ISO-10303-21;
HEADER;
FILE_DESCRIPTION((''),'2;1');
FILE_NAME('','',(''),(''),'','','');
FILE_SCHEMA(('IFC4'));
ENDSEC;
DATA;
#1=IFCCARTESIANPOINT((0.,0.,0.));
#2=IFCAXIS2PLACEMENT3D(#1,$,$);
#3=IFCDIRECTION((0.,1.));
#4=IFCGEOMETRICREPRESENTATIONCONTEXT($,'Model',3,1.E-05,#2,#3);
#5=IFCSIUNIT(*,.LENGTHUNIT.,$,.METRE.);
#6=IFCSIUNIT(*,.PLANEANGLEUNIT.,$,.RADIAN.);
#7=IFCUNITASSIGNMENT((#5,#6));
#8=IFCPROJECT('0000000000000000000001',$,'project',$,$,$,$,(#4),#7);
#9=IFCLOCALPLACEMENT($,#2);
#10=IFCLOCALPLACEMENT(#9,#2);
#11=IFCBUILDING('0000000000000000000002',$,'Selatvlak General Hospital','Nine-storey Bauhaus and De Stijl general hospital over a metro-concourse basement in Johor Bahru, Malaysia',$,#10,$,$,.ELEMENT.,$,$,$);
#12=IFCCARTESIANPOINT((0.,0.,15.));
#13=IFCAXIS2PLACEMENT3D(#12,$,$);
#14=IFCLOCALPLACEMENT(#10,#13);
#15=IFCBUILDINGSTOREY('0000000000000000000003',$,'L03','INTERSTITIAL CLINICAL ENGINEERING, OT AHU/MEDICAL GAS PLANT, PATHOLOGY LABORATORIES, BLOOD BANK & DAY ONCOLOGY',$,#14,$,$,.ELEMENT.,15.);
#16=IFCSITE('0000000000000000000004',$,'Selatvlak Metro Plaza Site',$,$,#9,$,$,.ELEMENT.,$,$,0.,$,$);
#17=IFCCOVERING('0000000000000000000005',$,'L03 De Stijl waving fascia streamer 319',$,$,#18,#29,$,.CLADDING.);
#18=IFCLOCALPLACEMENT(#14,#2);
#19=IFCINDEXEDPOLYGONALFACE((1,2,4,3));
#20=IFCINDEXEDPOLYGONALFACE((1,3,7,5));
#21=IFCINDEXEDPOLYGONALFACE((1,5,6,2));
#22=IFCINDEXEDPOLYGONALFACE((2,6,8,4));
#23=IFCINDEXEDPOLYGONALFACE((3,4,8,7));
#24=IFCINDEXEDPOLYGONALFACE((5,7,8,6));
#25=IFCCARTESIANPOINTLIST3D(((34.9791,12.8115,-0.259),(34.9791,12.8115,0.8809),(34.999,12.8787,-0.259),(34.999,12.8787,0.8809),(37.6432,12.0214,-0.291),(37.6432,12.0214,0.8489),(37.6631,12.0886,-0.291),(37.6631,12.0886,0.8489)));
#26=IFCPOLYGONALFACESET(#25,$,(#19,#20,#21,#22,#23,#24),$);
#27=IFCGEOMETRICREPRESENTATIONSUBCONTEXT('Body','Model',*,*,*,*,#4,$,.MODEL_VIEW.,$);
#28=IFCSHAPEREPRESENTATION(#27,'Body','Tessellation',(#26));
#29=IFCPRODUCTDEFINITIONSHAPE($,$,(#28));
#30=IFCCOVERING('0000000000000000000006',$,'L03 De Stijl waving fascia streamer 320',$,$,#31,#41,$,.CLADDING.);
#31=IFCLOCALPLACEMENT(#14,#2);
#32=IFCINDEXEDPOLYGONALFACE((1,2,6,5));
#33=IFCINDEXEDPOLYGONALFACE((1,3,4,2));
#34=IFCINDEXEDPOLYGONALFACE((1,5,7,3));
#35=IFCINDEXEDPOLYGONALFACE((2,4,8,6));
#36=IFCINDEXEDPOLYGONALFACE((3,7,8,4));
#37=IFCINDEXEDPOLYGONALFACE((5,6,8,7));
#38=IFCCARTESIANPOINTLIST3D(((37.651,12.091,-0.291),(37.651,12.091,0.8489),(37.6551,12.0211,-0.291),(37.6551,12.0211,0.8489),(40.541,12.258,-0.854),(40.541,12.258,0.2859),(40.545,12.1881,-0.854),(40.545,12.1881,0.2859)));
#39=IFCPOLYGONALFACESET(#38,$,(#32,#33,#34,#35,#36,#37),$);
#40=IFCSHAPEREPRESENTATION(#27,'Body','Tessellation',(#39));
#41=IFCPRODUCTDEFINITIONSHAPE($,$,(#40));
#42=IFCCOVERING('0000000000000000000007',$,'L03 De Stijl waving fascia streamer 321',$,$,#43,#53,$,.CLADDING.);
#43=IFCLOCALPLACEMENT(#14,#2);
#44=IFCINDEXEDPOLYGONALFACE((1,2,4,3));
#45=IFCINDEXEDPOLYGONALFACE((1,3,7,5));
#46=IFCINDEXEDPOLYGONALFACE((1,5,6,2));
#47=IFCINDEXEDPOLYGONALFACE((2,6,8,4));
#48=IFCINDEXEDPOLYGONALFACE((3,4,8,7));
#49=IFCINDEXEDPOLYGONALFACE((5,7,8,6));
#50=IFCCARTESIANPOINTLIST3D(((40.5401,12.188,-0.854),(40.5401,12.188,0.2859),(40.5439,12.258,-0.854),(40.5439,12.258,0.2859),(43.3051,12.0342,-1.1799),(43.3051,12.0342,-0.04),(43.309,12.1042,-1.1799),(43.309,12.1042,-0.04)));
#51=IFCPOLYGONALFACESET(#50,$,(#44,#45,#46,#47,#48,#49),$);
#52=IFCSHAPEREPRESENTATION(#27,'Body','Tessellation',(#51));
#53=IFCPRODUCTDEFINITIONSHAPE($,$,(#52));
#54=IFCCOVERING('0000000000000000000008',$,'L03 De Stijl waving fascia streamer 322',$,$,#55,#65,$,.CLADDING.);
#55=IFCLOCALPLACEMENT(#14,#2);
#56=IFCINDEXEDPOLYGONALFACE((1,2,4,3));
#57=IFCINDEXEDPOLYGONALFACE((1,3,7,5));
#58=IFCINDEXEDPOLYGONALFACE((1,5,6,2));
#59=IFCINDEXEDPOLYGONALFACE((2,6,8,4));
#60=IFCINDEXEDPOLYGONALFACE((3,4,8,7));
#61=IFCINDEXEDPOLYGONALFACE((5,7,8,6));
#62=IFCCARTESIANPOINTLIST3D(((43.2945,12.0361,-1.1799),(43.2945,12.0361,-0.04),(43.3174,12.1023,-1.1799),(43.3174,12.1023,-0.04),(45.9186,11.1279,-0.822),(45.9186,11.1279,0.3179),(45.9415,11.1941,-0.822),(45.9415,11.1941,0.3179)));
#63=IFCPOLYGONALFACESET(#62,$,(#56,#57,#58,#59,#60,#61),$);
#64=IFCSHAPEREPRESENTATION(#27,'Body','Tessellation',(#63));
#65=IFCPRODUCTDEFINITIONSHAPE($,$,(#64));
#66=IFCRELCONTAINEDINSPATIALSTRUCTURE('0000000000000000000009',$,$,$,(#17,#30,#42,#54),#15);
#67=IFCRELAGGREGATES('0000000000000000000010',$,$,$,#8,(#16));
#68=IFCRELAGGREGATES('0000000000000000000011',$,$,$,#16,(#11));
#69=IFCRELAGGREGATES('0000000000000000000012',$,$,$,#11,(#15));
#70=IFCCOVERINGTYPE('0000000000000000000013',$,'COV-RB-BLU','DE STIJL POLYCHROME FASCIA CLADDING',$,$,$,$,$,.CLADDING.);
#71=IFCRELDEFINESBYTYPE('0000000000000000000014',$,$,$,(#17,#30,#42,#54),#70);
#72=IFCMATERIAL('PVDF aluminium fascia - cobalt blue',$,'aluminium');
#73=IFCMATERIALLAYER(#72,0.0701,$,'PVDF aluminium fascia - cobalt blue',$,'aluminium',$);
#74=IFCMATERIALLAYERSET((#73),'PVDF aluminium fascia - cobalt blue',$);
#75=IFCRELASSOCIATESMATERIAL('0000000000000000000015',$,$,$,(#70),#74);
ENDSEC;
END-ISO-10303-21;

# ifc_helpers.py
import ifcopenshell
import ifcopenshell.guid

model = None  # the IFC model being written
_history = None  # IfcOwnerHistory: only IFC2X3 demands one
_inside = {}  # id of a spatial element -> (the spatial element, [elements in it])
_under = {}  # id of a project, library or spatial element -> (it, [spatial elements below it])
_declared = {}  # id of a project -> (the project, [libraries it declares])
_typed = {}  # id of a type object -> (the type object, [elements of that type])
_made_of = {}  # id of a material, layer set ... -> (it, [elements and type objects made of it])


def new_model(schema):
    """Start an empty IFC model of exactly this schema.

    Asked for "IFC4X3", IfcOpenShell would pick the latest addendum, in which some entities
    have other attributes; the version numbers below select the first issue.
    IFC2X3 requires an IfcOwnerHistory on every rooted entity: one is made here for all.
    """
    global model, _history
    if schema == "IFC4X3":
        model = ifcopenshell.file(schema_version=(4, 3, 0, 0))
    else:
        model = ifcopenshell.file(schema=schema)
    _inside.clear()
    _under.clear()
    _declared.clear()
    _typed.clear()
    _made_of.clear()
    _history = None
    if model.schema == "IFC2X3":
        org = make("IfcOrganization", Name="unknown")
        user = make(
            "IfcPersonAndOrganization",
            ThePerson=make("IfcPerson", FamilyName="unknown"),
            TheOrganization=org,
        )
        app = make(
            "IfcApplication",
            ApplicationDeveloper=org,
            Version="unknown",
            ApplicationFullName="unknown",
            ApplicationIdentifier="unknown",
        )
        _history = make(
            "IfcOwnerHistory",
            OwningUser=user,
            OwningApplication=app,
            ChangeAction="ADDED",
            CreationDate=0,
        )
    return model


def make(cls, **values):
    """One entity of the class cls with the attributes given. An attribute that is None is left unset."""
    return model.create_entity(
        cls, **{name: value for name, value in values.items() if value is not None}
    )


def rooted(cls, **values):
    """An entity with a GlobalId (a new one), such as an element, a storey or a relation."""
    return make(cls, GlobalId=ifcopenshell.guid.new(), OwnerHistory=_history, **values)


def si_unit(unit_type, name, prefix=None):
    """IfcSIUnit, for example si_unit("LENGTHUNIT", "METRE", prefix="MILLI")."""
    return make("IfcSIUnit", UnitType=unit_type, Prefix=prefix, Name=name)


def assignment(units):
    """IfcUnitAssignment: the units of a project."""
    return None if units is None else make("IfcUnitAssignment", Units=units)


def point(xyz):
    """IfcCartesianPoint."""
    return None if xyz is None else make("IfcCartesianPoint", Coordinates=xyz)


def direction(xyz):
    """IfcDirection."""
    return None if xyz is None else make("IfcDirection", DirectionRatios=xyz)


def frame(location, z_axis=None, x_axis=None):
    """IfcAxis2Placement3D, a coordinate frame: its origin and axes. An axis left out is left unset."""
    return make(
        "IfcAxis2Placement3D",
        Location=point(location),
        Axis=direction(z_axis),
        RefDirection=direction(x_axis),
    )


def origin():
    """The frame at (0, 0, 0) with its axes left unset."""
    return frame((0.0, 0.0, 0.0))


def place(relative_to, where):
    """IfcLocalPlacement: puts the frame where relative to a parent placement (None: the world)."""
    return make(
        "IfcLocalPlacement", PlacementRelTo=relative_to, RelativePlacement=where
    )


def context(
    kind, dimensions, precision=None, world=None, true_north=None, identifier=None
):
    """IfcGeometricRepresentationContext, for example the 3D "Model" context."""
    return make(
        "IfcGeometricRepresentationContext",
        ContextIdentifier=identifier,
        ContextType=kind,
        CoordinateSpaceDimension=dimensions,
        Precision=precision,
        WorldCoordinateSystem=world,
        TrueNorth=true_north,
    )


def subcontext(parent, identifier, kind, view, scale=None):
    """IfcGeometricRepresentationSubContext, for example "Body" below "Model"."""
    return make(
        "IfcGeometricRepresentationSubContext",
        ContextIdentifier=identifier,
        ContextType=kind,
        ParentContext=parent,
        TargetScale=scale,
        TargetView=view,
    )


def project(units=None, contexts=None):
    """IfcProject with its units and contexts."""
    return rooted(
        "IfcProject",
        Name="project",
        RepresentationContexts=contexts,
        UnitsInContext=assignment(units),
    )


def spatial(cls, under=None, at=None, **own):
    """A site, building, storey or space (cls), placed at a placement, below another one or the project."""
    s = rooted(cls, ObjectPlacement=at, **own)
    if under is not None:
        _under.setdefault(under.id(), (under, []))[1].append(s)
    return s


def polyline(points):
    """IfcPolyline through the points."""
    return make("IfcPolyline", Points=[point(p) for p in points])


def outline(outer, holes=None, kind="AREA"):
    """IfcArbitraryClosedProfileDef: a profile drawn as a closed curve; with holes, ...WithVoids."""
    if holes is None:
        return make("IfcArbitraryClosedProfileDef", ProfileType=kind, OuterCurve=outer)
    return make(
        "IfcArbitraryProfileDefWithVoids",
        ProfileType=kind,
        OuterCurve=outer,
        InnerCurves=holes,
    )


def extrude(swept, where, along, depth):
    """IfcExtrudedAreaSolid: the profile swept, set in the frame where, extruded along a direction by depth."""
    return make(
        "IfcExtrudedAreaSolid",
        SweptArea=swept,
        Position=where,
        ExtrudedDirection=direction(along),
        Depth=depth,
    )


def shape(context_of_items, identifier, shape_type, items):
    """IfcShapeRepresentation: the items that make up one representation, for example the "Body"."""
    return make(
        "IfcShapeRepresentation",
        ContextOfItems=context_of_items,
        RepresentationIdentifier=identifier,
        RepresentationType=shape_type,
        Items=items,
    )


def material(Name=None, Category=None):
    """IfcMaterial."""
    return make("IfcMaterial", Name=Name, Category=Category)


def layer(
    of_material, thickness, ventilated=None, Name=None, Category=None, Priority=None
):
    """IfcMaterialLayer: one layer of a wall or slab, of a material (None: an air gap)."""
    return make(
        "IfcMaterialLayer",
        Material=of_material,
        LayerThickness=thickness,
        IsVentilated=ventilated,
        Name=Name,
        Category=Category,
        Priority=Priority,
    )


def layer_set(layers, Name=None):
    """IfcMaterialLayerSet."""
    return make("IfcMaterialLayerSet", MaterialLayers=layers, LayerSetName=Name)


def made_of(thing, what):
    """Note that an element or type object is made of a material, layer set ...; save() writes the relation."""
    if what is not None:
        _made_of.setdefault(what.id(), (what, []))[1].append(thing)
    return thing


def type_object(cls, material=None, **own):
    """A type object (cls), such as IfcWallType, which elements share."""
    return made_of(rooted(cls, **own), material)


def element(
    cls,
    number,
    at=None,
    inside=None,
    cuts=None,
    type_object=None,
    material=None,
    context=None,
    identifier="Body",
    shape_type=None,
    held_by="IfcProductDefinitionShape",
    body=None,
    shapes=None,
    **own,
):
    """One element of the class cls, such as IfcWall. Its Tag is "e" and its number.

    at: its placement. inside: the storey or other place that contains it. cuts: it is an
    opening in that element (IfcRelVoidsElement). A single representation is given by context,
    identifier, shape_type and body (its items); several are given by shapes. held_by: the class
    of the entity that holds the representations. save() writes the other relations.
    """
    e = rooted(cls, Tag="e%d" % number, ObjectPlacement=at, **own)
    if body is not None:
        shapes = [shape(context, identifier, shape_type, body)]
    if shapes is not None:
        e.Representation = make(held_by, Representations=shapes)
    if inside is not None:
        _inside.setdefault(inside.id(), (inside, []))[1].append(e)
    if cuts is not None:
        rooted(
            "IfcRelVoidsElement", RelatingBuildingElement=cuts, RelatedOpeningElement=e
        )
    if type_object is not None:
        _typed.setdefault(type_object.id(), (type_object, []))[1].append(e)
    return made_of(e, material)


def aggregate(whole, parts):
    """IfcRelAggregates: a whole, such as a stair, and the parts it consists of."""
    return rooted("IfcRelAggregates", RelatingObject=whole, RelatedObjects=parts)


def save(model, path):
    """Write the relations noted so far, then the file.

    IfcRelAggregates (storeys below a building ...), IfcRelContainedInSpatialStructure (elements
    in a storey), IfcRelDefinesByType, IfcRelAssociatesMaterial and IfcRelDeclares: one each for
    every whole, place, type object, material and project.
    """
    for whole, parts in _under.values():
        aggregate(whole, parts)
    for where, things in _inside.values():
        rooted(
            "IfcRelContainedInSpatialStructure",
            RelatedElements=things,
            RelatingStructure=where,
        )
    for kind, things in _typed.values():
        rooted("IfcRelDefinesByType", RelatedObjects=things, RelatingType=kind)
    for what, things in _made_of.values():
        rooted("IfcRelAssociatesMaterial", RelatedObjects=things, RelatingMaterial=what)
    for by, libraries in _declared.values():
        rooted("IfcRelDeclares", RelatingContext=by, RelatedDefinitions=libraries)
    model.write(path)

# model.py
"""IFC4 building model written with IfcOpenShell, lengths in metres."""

from ifc_helpers import new_model, si_unit, direction, frame, origin, place, context, subcontext, project, spatial, polyline, outline, extrude, material, layer, layer_set, type_object, element, save


model = new_model("IFC4")

# Units and contexts
model_context = context("Model", 3, precision=1e-05, world=origin(), true_north=direction((0.0, 1.0)))
body_context = subcontext(model_context, "Body", "Model", "MODEL_VIEW")
ifc_project = project(units=[si_unit("LENGTHUNIT", "METRE"), si_unit("PLANEANGLEUNIT", "RADIAN")], contexts=[model_context])

# Site, building, storey
site_placement = place(None, origin())
site = spatial("IfcSite", under=ifc_project, at=site_placement, Name="Selatvlak Metro Plaza Site", CompositionType="ELEMENT", RefElevation=0.0)
building_placement = place(site_placement, origin())
building = spatial("IfcBuilding", under=site, at=building_placement, Name="Selatvlak General Hospital", Description="Nine-storey Bauhaus and De Stijl general hospital over a metro-concourse basement in Johor Bahru, Malaysia", CompositionType="ELEMENT")
storey_placement = place(building_placement, frame((0.0, 0.0, 15.0)))
storey = spatial("IfcBuildingStorey", under=building, at=storey_placement, Name="L03", Description="INTERSTITIAL CLINICAL ENGINEERING, OT AHU/MEDICAL GAS PLANT, PATHOLOGY LABORATORIES, BLOOD BANK & DAY ONCOLOGY", CompositionType="ELEMENT", Elevation=15.0)

# Coverings
ifc_material_1 = material(Name="PVDF aluminium fascia - cobalt blue", Category="aluminium")
ifc_layer_1 = layer(ifc_material_1, 0.0701, Name="PVDF aluminium fascia - cobalt blue", Category="aluminium")
ifc_layer_set_1 = layer_set([ifc_layer_1], Name="PVDF aluminium fascia - cobalt blue")
covering_type = type_object("IfcCoveringType", Name="COV-RB-BLU", Description="DE STIJL POLYCHROME FASCIA CLADDING", PredefinedType="CLADDING", material=ifc_layer_set_1)
covering_1_placement = place(storey_placement, frame((34.989, 12.845, -0.259), z_axis=(0.0, 0.0, 1.0), x_axis=(0.958731, -0.284316, 0.0)))
element("IfcCovering", 1, at=covering_1_placement, inside=storey, type_object=covering_type, Name="L03 De Stijl waving fascia streamer 319", PredefinedType="CLADDING", context=body_context, shape_type="SweptSolid", body=[
    extrude(outline(polyline([(0.0, 0.0), (2.7788, -0.032), (2.7788, 1.1079), (0.0, 1.1399), (0.0, 0.0)])), frame((0.0, 0.0352, 0.0), z_axis=(0.0, -1.0, 0.0), x_axis=(1.0, 0.0, 0.0)), (0.0, 0.0, 1.0), 0.0701),
])
covering_2_placement = place(storey_placement, frame((37.6531, 12.0559, -0.291), z_axis=(0.0, 0.0, 1.0), x_axis=(0.998335, 0.057689, 0.0)))
element("IfcCovering", 2, at=covering_2_placement, inside=storey, type_object=covering_type, Name="L03 De Stijl waving fascia streamer 320", PredefinedType="CLADDING", context=body_context, shape_type="SweptSolid", body=[
    extrude(outline(polyline([(0.0, 0.0), (2.8948, -0.563), (2.8948, 0.5769), (0.0, 1.1399), (0.0, 0.0)])), frame((0.0, 0.0352, 0.0), z_axis=(0.0, -1.0, 0.0), x_axis=(1.0, 0.0, 0.0)), (0.0, 0.0, 1.0), 0.0701),
])
covering_3_placement = place(storey_placement, frame((40.542, 12.2229, -0.854), z_axis=(0.0, 0.0, 1.0), x_axis=(0.998456, -0.055543, 0.0)))
element("IfcCovering", 3, at=covering_3_placement, inside=storey, type_object=covering_type, Name="L03 De Stijl waving fascia streamer 321", PredefinedType="CLADDING", context=body_context, shape_type="SweptSolid", body=[
    extrude(outline(polyline([(0.0, 0.0), (2.7693, -0.3259), (2.7693, 0.814), (0.0, 1.1399), (0.0, 0.0)])), frame((0.0, 0.0352, 0.0), z_axis=(0.0, -1.0, 0.0), x_axis=(1.0, 0.0, 0.0)), (0.0, 0.0, 1.0), 0.0701),
])
covering_4_placement = place(storey_placement, frame((43.3059, 12.0691, -1.1799), z_axis=(0.0, 0.0, 1.0), x_axis=(0.944999, -0.327074, 0.0)))
element("IfcCovering", 4, at=covering_4_placement, inside=storey, type_object=covering_type, Name="L03 De Stijl waving fascia streamer 322", PredefinedType="CLADDING", context=body_context, shape_type="SweptSolid", body=[
    extrude(outline(polyline([(0.0, 0.0), (2.7769, 0.3579), (2.7769, 1.4978), (0.0, 1.1399), (0.0, 0.0)])), frame((0.0, 0.0352, 0.0), z_axis=(0.0, -1.0, 0.0), x_axis=(1.0, 0.0, 0.0)), (0.0, 0.0, 1.0), 0.0701),
])

save(model, "model.ifc")
